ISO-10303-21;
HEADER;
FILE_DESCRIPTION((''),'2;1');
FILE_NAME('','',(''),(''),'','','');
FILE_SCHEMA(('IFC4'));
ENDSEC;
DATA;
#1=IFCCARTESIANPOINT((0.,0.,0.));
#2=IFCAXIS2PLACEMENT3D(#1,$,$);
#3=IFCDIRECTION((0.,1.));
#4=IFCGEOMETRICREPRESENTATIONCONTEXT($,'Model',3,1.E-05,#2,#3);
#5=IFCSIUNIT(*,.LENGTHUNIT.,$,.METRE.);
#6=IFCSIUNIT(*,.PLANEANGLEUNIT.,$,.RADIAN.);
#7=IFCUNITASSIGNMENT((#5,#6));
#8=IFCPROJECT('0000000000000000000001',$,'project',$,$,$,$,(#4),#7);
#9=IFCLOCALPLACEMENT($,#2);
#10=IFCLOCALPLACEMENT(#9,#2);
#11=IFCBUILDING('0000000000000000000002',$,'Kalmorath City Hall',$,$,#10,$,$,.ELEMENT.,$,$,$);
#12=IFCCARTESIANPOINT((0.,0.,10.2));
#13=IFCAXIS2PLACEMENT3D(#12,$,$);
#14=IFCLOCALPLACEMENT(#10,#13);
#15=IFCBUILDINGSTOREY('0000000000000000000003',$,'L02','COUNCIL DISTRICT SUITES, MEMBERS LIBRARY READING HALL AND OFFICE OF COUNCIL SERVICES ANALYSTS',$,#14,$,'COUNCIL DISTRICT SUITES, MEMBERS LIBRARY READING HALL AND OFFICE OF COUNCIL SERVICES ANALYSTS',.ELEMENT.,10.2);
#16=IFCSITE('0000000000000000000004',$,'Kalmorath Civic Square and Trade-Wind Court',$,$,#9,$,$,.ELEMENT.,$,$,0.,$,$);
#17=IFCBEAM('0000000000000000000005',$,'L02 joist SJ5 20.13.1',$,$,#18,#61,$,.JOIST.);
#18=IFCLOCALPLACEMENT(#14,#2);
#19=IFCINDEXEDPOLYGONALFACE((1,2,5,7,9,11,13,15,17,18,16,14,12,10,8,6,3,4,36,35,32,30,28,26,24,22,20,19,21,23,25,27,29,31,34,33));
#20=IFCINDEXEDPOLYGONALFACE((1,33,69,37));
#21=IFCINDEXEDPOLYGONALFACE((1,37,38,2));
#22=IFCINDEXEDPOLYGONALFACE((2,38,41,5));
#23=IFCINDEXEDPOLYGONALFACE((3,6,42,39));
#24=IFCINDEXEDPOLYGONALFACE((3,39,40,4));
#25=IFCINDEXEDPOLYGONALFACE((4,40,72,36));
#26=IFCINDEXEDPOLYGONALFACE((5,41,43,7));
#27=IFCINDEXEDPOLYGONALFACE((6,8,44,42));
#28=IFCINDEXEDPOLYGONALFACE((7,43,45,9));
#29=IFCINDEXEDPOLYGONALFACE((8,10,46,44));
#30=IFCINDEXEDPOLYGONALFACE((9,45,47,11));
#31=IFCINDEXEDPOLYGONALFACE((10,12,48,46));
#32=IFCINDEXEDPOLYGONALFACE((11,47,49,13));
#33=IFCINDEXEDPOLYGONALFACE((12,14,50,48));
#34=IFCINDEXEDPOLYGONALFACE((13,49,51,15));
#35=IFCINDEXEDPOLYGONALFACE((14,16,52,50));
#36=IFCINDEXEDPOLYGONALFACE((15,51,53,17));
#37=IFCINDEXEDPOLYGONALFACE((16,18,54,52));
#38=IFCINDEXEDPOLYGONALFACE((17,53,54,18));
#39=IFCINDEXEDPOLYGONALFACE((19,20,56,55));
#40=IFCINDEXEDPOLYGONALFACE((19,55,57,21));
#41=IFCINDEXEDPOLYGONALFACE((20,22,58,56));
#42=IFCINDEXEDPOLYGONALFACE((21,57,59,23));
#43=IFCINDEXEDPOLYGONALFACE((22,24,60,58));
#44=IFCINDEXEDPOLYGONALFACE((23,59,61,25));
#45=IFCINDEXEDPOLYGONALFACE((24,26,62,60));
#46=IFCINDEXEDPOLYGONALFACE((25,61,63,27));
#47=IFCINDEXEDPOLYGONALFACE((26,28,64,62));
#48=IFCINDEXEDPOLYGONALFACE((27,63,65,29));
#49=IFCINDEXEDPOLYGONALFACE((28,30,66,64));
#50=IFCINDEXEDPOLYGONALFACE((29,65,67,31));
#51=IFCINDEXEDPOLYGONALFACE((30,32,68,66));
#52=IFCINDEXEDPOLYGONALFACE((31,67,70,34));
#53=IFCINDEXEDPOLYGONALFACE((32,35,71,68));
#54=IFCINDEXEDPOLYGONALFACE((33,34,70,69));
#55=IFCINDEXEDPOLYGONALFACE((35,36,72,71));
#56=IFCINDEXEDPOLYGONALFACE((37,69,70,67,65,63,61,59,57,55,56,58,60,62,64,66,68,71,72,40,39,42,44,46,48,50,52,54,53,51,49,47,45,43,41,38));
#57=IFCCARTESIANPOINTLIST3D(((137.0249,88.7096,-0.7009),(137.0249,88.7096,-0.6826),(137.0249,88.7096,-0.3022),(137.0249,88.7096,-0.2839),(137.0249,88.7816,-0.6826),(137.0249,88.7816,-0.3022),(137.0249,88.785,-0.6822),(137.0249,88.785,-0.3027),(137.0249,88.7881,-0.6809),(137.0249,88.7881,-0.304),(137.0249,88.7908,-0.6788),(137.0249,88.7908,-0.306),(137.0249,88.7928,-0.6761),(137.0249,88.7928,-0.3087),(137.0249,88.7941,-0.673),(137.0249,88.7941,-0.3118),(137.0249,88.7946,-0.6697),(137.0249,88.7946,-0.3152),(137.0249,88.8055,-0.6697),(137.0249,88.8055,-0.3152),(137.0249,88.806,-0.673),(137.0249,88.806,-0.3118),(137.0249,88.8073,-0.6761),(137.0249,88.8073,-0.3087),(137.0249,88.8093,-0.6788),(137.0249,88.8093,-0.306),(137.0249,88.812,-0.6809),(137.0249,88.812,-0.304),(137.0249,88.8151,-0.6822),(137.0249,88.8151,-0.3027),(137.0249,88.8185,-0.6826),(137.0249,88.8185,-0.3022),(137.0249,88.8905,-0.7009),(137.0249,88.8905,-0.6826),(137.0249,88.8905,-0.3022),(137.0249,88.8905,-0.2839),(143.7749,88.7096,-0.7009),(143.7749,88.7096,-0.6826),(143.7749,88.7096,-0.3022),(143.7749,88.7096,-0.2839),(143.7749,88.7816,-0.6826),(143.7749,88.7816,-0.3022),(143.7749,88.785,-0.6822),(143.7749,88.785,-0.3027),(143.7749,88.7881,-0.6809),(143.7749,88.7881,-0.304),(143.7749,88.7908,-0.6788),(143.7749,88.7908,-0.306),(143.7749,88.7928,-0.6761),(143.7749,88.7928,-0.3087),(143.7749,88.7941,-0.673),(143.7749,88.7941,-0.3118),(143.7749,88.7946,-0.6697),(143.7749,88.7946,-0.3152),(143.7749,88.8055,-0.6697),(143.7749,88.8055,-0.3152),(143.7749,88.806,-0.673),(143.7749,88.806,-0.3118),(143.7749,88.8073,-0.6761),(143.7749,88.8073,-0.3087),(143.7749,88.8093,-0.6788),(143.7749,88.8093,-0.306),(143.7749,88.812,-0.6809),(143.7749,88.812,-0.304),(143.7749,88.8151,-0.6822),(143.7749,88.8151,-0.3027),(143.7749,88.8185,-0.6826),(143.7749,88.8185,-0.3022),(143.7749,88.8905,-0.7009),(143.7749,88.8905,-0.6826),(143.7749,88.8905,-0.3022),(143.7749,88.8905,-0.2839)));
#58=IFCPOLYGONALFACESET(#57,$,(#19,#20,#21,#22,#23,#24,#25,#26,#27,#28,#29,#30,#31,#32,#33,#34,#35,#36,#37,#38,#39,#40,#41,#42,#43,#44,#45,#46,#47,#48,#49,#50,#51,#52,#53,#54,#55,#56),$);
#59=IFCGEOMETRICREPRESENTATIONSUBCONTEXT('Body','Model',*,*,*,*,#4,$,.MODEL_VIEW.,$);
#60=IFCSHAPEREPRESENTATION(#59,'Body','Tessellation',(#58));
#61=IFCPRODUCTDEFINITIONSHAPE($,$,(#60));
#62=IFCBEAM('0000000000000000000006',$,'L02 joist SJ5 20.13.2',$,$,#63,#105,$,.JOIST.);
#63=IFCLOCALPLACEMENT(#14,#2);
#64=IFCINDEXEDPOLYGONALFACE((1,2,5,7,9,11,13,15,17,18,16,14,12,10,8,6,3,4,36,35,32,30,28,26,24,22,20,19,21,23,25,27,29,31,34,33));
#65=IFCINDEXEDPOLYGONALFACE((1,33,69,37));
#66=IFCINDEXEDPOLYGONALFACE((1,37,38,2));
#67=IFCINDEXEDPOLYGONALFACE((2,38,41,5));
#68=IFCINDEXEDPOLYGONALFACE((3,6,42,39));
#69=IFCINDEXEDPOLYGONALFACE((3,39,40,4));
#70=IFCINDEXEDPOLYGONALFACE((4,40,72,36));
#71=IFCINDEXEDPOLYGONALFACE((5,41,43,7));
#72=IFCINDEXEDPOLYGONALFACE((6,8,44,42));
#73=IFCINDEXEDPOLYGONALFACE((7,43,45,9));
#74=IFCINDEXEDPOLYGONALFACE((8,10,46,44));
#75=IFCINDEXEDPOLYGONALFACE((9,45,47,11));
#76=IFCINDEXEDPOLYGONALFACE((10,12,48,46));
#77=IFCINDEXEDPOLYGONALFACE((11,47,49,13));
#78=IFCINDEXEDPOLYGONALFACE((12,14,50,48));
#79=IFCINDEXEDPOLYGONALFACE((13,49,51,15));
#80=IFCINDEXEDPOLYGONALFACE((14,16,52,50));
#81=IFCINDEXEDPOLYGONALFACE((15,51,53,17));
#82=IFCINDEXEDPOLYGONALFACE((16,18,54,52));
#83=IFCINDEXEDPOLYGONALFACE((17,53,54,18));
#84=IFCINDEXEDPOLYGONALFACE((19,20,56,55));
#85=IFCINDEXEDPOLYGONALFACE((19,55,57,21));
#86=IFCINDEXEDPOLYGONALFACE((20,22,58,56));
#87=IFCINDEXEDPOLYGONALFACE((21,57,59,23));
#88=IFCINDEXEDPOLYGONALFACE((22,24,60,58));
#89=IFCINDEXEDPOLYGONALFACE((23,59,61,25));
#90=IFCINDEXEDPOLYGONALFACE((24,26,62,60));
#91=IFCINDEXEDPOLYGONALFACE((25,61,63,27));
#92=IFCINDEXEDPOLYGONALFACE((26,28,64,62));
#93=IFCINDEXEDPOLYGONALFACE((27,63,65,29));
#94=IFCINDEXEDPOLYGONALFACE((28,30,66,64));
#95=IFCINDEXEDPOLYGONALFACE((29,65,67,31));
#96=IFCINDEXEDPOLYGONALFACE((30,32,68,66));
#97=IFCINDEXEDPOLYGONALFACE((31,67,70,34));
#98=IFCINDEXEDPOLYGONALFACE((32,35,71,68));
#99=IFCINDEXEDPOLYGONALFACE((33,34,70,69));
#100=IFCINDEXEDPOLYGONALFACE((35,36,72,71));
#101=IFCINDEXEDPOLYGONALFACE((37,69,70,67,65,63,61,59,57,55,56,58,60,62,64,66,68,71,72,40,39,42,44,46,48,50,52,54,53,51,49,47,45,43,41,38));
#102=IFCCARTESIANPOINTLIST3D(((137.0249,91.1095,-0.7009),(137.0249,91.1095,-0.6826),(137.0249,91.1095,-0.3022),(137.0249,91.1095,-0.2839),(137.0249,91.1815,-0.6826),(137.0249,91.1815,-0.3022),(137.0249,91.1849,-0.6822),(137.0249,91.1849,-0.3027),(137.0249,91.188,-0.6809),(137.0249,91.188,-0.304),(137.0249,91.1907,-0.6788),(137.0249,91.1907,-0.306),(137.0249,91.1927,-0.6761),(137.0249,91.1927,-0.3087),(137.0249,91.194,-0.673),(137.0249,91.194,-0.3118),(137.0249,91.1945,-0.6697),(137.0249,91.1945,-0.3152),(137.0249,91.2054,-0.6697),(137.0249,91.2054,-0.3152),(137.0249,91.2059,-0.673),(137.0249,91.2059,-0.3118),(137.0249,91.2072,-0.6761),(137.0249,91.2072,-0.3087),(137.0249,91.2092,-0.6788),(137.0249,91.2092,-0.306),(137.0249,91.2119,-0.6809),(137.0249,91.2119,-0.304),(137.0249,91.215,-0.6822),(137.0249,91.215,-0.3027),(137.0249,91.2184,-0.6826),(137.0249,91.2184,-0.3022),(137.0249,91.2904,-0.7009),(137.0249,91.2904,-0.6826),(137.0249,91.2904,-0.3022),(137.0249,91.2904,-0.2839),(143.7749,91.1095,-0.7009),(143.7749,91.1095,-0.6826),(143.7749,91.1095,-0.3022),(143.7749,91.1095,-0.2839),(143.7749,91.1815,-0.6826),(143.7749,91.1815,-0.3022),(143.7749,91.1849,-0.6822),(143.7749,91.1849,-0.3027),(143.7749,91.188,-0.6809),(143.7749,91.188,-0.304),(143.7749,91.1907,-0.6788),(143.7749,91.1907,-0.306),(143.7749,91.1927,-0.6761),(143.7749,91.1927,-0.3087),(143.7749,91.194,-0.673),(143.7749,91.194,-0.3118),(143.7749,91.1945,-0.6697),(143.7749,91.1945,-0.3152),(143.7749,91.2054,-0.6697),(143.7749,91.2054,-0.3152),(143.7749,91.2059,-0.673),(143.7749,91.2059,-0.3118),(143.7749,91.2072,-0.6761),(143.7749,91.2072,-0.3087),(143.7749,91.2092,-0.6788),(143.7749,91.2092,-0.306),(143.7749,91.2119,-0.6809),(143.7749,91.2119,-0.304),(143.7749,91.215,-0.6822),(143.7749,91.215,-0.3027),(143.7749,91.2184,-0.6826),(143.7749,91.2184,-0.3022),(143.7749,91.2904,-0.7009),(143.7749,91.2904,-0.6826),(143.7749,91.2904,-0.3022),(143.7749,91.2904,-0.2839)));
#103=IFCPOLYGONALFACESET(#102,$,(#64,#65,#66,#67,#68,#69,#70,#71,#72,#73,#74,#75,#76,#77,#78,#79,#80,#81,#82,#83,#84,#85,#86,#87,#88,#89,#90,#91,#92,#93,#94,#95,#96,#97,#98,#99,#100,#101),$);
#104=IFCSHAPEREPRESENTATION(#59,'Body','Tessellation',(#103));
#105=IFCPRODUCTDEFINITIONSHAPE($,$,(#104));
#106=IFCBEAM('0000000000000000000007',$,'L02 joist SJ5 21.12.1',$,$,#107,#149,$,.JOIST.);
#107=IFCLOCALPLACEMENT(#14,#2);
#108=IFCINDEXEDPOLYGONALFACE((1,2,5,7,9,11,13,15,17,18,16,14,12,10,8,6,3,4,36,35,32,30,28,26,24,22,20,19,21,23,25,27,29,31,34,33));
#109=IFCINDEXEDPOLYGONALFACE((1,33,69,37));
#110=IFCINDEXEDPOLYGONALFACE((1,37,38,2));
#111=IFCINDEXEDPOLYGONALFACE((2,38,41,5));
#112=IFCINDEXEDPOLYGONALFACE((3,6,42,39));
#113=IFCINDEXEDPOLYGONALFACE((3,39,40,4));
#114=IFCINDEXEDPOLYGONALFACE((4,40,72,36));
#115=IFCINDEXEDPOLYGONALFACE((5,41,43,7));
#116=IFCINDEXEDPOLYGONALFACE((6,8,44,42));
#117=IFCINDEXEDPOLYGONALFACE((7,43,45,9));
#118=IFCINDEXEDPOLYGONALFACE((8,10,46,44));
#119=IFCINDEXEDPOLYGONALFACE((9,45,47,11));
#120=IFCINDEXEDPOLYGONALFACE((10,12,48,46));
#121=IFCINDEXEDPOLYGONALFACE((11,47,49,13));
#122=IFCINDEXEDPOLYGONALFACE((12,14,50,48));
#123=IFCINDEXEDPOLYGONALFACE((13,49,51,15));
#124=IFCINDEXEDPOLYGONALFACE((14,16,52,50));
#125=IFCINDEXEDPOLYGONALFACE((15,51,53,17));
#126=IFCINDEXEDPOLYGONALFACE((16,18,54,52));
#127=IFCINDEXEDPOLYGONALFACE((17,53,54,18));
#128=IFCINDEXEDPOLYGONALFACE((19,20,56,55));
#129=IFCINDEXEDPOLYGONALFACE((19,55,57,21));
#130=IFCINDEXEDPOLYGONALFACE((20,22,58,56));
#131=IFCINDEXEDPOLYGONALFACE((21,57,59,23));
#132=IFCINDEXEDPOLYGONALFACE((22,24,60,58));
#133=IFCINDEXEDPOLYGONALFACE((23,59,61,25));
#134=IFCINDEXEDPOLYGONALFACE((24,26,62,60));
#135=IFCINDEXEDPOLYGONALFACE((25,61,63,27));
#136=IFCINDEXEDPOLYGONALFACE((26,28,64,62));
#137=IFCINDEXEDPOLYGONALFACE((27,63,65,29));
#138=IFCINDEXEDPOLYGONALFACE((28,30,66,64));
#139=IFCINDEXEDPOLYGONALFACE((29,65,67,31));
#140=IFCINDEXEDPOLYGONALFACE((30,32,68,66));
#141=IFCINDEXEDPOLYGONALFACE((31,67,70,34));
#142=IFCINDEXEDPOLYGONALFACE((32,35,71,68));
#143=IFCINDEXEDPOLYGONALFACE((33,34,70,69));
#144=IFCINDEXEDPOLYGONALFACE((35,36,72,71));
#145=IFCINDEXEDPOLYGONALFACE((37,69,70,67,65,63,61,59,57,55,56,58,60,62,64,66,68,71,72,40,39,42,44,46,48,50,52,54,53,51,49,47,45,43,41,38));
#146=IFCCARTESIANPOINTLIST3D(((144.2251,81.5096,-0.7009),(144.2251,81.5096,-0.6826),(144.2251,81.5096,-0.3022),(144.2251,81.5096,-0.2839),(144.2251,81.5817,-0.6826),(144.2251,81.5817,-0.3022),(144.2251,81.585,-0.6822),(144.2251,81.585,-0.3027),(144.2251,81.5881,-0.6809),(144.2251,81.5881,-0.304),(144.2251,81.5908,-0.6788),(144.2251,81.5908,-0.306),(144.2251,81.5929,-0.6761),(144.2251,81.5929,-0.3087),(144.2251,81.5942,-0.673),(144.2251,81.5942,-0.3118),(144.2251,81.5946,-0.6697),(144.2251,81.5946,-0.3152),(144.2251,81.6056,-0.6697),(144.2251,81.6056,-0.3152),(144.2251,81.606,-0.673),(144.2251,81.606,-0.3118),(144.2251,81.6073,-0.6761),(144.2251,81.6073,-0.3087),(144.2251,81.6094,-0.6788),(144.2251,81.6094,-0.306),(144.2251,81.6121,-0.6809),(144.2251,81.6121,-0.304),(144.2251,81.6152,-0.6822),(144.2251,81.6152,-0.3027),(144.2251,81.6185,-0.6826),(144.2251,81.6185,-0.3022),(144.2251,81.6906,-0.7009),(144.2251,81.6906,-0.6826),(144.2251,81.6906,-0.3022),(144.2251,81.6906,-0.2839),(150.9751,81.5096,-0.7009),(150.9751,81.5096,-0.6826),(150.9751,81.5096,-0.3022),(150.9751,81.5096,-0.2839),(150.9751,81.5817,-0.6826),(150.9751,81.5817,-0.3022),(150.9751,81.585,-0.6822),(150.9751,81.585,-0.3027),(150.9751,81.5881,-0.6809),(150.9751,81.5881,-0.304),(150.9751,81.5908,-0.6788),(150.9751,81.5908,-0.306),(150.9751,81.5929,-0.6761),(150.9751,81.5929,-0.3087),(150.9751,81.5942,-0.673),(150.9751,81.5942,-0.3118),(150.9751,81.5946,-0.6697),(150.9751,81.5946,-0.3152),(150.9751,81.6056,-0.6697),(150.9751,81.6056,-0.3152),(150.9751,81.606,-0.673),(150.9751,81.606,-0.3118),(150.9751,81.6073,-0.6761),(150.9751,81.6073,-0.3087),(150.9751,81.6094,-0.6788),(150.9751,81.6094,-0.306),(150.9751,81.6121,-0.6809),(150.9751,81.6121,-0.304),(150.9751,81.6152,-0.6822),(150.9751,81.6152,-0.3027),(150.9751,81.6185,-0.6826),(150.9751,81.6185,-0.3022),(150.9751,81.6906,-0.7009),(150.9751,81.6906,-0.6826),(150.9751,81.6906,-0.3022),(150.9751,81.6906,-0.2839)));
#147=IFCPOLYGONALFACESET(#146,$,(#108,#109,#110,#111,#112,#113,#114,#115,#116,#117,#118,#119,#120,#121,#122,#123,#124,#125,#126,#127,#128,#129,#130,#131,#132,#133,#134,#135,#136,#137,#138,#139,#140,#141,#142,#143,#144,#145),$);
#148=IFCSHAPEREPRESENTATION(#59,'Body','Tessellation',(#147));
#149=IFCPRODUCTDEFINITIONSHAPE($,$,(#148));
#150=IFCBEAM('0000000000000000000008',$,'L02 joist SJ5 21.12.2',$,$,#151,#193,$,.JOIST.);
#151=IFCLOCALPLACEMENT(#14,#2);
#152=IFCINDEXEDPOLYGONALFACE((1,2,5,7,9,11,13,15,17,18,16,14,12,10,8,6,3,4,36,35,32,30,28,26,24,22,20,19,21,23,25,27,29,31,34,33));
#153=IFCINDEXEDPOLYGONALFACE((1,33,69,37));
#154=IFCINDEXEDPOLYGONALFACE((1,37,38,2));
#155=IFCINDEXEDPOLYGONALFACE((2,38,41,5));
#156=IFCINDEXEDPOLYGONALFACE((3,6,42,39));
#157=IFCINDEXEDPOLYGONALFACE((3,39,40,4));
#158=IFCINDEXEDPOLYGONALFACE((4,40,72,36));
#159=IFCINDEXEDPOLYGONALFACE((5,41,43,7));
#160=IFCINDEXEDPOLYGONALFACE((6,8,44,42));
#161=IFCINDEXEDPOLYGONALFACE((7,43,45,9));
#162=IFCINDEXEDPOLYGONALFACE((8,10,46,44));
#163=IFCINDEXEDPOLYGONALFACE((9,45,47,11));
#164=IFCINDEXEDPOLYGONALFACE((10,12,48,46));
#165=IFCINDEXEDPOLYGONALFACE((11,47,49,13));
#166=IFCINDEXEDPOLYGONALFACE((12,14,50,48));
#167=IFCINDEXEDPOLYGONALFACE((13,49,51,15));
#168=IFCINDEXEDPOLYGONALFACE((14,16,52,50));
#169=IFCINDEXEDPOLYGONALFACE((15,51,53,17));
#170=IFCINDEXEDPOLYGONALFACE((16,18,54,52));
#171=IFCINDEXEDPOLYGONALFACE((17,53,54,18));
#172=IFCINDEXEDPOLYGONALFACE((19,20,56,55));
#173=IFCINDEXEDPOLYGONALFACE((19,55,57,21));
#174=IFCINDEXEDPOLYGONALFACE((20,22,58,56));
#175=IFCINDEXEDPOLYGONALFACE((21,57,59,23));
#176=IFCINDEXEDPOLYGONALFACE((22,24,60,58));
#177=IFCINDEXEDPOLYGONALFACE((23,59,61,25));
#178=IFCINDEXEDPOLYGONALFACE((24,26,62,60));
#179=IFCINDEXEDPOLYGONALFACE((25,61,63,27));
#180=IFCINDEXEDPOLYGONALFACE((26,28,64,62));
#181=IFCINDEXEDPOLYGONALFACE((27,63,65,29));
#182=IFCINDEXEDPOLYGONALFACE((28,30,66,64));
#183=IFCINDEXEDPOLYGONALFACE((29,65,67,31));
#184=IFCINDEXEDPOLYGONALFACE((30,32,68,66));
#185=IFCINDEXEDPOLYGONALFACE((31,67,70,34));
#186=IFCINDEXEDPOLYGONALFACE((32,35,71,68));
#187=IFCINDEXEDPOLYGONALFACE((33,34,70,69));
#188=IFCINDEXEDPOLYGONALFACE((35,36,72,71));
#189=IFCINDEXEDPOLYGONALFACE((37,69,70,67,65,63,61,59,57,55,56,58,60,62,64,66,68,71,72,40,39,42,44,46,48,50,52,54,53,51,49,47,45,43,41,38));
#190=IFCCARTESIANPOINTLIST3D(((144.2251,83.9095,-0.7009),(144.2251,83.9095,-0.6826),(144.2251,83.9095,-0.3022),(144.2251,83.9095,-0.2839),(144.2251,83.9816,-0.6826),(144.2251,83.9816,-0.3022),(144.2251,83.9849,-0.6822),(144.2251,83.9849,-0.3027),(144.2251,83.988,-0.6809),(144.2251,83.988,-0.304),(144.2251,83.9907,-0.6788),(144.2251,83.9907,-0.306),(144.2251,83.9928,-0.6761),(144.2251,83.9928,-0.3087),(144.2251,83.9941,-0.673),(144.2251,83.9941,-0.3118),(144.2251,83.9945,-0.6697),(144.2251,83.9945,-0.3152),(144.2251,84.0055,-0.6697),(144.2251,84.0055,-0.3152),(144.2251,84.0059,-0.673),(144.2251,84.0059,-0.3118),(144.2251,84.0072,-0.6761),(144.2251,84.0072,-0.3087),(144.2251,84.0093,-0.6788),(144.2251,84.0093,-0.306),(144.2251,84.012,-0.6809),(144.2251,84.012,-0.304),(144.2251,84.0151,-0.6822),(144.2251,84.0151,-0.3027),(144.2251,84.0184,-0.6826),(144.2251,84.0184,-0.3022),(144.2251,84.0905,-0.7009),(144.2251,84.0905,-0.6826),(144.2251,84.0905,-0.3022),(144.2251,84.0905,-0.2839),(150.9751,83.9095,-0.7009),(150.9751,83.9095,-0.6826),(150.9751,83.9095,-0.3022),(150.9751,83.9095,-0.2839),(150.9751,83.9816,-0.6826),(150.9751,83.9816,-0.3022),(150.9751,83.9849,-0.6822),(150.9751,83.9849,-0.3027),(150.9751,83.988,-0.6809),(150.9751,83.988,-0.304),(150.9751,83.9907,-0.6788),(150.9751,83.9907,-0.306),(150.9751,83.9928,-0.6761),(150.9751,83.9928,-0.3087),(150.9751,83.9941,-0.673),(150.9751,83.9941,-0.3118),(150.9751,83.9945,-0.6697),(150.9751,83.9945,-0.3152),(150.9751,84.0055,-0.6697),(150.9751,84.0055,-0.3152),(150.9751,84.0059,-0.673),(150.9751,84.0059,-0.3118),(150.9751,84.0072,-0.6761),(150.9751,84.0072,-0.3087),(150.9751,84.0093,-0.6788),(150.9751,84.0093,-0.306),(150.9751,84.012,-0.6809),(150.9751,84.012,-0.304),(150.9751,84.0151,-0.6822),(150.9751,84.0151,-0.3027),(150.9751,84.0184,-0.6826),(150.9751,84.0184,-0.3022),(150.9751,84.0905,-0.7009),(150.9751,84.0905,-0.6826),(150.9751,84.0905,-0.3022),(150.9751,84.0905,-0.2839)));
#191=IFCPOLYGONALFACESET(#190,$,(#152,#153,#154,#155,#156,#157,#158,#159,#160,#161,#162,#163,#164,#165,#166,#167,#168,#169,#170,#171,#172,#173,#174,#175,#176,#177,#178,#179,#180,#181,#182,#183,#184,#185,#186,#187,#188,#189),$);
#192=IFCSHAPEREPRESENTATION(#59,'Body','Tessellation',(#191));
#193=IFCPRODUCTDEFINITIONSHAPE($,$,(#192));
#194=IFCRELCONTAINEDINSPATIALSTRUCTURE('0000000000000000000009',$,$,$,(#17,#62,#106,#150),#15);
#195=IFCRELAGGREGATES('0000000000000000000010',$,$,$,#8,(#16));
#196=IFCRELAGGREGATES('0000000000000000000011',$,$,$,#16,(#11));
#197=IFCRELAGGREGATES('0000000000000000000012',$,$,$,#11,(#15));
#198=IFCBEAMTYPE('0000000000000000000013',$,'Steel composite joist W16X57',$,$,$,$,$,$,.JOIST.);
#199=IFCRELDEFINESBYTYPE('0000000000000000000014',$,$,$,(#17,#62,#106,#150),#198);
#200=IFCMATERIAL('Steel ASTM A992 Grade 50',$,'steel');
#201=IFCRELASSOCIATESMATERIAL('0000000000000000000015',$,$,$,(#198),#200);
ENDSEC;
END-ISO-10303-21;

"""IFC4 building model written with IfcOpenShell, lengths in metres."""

from ifc_helpers import new_model, si_unit, direction, frame, origin, origin_2d, place, context, subcontext, project, spatial, i_section, extrude, material, material_profile, profile_set, type_object, element, save


model = new_model("IFC4")

# Units and contexts
model_context = context("Model", 3, precision=1e-05, world=origin(), true_north=direction((0.0, 1.0)))
body_context = subcontext(model_context, "Body", "Model", "MODEL_VIEW")
ifc_project = project(units=[si_unit("LENGTHUNIT", "METRE"), si_unit("PLANEANGLEUNIT", "RADIAN")], contexts=[model_context])

# Site, building, storey
site_placement = place(None, origin())
site = spatial("IfcSite", under=ifc_project, at=site_placement, Name="Kalmorath Civic Square and Trade-Wind Court", CompositionType="ELEMENT", RefElevation=0.0)
building_placement = place(site_placement, origin())
building = spatial("IfcBuilding", under=site, at=building_placement, Name="Kalmorath City Hall", CompositionType="ELEMENT")
storey_placement = place(building_placement, frame((0.0, 0.0, 10.2)))
storey = spatial("IfcBuildingStorey", under=building, at=storey_placement, Name="L02", Description="COUNCIL DISTRICT SUITES, MEMBERS LIBRARY READING HALL AND OFFICE OF COUNCIL SERVICES ANALYSTS", LongName="COUNCIL DISTRICT SUITES, MEMBERS LIBRARY READING HALL AND OFFICE OF COUNCIL SERVICES ANALYSTS", CompositionType="ELEMENT", Elevation=10.2)

# Beams
ifc_material_1 = material(Name="Steel ASTM A992 Grade 50", Category="steel")
ifc_material_profile_1 = material_profile(ifc_material_1, i_section(OverallWidth=0.1809, OverallDepth=0.417, WebThickness=0.011, FlangeThickness=0.0183, FilletRadius=0.0129, at=origin_2d()), Name="W16X57")
ifc_profile_set_1 = profile_set([ifc_material_profile_1], Name="Steel ASTM A992 Grade 50")
beam_type_1 = type_object("IfcBeamType", Name="Steel composite joist W16X57", PredefinedType="JOIST", material=ifc_profile_set_1)
for number, where, z_axis, x_axis, name in (
    (1, (137.0249, 88.8, -0.4924), (1.0, 0.0, 0.0), (0.0, 1.0, 0.0), "L02 joist SJ5 20.13.1"),
    (2, (137.0249, 91.2, -0.4924), (1.0, 0.0, 0.0), (0.0, 1.0, 0.0), "L02 joist SJ5 20.13.2"),
    (3, (144.2251, 81.6001, -0.4924), (1.0, 0.0, 0.0), (0.0, 1.0, 0.0), "L02 joist SJ5 21.12.1"),
    (4, (144.2251, 84.0, -0.4924), (1.0, 0.0, 0.0), (0.0, 1.0, 0.0), "L02 joist SJ5 21.12.2"),
):
    element("IfcBeam", number, at=place(storey_placement, frame(where, z_axis=z_axis, x_axis=x_axis)), inside=storey, type_object=beam_type_1, Name=name, PredefinedType="JOIST", context=body_context, shape_type="SweptSolid", body=[
        extrude(i_section(OverallWidth=0.1809, OverallDepth=0.417, WebThickness=0.011, FlangeThickness=0.0183, FilletRadius=0.0129, at=origin_2d()), origin(), (0.0, 0.0, 1.0), 6.75),
    ])

save(model, "model.ifc")
